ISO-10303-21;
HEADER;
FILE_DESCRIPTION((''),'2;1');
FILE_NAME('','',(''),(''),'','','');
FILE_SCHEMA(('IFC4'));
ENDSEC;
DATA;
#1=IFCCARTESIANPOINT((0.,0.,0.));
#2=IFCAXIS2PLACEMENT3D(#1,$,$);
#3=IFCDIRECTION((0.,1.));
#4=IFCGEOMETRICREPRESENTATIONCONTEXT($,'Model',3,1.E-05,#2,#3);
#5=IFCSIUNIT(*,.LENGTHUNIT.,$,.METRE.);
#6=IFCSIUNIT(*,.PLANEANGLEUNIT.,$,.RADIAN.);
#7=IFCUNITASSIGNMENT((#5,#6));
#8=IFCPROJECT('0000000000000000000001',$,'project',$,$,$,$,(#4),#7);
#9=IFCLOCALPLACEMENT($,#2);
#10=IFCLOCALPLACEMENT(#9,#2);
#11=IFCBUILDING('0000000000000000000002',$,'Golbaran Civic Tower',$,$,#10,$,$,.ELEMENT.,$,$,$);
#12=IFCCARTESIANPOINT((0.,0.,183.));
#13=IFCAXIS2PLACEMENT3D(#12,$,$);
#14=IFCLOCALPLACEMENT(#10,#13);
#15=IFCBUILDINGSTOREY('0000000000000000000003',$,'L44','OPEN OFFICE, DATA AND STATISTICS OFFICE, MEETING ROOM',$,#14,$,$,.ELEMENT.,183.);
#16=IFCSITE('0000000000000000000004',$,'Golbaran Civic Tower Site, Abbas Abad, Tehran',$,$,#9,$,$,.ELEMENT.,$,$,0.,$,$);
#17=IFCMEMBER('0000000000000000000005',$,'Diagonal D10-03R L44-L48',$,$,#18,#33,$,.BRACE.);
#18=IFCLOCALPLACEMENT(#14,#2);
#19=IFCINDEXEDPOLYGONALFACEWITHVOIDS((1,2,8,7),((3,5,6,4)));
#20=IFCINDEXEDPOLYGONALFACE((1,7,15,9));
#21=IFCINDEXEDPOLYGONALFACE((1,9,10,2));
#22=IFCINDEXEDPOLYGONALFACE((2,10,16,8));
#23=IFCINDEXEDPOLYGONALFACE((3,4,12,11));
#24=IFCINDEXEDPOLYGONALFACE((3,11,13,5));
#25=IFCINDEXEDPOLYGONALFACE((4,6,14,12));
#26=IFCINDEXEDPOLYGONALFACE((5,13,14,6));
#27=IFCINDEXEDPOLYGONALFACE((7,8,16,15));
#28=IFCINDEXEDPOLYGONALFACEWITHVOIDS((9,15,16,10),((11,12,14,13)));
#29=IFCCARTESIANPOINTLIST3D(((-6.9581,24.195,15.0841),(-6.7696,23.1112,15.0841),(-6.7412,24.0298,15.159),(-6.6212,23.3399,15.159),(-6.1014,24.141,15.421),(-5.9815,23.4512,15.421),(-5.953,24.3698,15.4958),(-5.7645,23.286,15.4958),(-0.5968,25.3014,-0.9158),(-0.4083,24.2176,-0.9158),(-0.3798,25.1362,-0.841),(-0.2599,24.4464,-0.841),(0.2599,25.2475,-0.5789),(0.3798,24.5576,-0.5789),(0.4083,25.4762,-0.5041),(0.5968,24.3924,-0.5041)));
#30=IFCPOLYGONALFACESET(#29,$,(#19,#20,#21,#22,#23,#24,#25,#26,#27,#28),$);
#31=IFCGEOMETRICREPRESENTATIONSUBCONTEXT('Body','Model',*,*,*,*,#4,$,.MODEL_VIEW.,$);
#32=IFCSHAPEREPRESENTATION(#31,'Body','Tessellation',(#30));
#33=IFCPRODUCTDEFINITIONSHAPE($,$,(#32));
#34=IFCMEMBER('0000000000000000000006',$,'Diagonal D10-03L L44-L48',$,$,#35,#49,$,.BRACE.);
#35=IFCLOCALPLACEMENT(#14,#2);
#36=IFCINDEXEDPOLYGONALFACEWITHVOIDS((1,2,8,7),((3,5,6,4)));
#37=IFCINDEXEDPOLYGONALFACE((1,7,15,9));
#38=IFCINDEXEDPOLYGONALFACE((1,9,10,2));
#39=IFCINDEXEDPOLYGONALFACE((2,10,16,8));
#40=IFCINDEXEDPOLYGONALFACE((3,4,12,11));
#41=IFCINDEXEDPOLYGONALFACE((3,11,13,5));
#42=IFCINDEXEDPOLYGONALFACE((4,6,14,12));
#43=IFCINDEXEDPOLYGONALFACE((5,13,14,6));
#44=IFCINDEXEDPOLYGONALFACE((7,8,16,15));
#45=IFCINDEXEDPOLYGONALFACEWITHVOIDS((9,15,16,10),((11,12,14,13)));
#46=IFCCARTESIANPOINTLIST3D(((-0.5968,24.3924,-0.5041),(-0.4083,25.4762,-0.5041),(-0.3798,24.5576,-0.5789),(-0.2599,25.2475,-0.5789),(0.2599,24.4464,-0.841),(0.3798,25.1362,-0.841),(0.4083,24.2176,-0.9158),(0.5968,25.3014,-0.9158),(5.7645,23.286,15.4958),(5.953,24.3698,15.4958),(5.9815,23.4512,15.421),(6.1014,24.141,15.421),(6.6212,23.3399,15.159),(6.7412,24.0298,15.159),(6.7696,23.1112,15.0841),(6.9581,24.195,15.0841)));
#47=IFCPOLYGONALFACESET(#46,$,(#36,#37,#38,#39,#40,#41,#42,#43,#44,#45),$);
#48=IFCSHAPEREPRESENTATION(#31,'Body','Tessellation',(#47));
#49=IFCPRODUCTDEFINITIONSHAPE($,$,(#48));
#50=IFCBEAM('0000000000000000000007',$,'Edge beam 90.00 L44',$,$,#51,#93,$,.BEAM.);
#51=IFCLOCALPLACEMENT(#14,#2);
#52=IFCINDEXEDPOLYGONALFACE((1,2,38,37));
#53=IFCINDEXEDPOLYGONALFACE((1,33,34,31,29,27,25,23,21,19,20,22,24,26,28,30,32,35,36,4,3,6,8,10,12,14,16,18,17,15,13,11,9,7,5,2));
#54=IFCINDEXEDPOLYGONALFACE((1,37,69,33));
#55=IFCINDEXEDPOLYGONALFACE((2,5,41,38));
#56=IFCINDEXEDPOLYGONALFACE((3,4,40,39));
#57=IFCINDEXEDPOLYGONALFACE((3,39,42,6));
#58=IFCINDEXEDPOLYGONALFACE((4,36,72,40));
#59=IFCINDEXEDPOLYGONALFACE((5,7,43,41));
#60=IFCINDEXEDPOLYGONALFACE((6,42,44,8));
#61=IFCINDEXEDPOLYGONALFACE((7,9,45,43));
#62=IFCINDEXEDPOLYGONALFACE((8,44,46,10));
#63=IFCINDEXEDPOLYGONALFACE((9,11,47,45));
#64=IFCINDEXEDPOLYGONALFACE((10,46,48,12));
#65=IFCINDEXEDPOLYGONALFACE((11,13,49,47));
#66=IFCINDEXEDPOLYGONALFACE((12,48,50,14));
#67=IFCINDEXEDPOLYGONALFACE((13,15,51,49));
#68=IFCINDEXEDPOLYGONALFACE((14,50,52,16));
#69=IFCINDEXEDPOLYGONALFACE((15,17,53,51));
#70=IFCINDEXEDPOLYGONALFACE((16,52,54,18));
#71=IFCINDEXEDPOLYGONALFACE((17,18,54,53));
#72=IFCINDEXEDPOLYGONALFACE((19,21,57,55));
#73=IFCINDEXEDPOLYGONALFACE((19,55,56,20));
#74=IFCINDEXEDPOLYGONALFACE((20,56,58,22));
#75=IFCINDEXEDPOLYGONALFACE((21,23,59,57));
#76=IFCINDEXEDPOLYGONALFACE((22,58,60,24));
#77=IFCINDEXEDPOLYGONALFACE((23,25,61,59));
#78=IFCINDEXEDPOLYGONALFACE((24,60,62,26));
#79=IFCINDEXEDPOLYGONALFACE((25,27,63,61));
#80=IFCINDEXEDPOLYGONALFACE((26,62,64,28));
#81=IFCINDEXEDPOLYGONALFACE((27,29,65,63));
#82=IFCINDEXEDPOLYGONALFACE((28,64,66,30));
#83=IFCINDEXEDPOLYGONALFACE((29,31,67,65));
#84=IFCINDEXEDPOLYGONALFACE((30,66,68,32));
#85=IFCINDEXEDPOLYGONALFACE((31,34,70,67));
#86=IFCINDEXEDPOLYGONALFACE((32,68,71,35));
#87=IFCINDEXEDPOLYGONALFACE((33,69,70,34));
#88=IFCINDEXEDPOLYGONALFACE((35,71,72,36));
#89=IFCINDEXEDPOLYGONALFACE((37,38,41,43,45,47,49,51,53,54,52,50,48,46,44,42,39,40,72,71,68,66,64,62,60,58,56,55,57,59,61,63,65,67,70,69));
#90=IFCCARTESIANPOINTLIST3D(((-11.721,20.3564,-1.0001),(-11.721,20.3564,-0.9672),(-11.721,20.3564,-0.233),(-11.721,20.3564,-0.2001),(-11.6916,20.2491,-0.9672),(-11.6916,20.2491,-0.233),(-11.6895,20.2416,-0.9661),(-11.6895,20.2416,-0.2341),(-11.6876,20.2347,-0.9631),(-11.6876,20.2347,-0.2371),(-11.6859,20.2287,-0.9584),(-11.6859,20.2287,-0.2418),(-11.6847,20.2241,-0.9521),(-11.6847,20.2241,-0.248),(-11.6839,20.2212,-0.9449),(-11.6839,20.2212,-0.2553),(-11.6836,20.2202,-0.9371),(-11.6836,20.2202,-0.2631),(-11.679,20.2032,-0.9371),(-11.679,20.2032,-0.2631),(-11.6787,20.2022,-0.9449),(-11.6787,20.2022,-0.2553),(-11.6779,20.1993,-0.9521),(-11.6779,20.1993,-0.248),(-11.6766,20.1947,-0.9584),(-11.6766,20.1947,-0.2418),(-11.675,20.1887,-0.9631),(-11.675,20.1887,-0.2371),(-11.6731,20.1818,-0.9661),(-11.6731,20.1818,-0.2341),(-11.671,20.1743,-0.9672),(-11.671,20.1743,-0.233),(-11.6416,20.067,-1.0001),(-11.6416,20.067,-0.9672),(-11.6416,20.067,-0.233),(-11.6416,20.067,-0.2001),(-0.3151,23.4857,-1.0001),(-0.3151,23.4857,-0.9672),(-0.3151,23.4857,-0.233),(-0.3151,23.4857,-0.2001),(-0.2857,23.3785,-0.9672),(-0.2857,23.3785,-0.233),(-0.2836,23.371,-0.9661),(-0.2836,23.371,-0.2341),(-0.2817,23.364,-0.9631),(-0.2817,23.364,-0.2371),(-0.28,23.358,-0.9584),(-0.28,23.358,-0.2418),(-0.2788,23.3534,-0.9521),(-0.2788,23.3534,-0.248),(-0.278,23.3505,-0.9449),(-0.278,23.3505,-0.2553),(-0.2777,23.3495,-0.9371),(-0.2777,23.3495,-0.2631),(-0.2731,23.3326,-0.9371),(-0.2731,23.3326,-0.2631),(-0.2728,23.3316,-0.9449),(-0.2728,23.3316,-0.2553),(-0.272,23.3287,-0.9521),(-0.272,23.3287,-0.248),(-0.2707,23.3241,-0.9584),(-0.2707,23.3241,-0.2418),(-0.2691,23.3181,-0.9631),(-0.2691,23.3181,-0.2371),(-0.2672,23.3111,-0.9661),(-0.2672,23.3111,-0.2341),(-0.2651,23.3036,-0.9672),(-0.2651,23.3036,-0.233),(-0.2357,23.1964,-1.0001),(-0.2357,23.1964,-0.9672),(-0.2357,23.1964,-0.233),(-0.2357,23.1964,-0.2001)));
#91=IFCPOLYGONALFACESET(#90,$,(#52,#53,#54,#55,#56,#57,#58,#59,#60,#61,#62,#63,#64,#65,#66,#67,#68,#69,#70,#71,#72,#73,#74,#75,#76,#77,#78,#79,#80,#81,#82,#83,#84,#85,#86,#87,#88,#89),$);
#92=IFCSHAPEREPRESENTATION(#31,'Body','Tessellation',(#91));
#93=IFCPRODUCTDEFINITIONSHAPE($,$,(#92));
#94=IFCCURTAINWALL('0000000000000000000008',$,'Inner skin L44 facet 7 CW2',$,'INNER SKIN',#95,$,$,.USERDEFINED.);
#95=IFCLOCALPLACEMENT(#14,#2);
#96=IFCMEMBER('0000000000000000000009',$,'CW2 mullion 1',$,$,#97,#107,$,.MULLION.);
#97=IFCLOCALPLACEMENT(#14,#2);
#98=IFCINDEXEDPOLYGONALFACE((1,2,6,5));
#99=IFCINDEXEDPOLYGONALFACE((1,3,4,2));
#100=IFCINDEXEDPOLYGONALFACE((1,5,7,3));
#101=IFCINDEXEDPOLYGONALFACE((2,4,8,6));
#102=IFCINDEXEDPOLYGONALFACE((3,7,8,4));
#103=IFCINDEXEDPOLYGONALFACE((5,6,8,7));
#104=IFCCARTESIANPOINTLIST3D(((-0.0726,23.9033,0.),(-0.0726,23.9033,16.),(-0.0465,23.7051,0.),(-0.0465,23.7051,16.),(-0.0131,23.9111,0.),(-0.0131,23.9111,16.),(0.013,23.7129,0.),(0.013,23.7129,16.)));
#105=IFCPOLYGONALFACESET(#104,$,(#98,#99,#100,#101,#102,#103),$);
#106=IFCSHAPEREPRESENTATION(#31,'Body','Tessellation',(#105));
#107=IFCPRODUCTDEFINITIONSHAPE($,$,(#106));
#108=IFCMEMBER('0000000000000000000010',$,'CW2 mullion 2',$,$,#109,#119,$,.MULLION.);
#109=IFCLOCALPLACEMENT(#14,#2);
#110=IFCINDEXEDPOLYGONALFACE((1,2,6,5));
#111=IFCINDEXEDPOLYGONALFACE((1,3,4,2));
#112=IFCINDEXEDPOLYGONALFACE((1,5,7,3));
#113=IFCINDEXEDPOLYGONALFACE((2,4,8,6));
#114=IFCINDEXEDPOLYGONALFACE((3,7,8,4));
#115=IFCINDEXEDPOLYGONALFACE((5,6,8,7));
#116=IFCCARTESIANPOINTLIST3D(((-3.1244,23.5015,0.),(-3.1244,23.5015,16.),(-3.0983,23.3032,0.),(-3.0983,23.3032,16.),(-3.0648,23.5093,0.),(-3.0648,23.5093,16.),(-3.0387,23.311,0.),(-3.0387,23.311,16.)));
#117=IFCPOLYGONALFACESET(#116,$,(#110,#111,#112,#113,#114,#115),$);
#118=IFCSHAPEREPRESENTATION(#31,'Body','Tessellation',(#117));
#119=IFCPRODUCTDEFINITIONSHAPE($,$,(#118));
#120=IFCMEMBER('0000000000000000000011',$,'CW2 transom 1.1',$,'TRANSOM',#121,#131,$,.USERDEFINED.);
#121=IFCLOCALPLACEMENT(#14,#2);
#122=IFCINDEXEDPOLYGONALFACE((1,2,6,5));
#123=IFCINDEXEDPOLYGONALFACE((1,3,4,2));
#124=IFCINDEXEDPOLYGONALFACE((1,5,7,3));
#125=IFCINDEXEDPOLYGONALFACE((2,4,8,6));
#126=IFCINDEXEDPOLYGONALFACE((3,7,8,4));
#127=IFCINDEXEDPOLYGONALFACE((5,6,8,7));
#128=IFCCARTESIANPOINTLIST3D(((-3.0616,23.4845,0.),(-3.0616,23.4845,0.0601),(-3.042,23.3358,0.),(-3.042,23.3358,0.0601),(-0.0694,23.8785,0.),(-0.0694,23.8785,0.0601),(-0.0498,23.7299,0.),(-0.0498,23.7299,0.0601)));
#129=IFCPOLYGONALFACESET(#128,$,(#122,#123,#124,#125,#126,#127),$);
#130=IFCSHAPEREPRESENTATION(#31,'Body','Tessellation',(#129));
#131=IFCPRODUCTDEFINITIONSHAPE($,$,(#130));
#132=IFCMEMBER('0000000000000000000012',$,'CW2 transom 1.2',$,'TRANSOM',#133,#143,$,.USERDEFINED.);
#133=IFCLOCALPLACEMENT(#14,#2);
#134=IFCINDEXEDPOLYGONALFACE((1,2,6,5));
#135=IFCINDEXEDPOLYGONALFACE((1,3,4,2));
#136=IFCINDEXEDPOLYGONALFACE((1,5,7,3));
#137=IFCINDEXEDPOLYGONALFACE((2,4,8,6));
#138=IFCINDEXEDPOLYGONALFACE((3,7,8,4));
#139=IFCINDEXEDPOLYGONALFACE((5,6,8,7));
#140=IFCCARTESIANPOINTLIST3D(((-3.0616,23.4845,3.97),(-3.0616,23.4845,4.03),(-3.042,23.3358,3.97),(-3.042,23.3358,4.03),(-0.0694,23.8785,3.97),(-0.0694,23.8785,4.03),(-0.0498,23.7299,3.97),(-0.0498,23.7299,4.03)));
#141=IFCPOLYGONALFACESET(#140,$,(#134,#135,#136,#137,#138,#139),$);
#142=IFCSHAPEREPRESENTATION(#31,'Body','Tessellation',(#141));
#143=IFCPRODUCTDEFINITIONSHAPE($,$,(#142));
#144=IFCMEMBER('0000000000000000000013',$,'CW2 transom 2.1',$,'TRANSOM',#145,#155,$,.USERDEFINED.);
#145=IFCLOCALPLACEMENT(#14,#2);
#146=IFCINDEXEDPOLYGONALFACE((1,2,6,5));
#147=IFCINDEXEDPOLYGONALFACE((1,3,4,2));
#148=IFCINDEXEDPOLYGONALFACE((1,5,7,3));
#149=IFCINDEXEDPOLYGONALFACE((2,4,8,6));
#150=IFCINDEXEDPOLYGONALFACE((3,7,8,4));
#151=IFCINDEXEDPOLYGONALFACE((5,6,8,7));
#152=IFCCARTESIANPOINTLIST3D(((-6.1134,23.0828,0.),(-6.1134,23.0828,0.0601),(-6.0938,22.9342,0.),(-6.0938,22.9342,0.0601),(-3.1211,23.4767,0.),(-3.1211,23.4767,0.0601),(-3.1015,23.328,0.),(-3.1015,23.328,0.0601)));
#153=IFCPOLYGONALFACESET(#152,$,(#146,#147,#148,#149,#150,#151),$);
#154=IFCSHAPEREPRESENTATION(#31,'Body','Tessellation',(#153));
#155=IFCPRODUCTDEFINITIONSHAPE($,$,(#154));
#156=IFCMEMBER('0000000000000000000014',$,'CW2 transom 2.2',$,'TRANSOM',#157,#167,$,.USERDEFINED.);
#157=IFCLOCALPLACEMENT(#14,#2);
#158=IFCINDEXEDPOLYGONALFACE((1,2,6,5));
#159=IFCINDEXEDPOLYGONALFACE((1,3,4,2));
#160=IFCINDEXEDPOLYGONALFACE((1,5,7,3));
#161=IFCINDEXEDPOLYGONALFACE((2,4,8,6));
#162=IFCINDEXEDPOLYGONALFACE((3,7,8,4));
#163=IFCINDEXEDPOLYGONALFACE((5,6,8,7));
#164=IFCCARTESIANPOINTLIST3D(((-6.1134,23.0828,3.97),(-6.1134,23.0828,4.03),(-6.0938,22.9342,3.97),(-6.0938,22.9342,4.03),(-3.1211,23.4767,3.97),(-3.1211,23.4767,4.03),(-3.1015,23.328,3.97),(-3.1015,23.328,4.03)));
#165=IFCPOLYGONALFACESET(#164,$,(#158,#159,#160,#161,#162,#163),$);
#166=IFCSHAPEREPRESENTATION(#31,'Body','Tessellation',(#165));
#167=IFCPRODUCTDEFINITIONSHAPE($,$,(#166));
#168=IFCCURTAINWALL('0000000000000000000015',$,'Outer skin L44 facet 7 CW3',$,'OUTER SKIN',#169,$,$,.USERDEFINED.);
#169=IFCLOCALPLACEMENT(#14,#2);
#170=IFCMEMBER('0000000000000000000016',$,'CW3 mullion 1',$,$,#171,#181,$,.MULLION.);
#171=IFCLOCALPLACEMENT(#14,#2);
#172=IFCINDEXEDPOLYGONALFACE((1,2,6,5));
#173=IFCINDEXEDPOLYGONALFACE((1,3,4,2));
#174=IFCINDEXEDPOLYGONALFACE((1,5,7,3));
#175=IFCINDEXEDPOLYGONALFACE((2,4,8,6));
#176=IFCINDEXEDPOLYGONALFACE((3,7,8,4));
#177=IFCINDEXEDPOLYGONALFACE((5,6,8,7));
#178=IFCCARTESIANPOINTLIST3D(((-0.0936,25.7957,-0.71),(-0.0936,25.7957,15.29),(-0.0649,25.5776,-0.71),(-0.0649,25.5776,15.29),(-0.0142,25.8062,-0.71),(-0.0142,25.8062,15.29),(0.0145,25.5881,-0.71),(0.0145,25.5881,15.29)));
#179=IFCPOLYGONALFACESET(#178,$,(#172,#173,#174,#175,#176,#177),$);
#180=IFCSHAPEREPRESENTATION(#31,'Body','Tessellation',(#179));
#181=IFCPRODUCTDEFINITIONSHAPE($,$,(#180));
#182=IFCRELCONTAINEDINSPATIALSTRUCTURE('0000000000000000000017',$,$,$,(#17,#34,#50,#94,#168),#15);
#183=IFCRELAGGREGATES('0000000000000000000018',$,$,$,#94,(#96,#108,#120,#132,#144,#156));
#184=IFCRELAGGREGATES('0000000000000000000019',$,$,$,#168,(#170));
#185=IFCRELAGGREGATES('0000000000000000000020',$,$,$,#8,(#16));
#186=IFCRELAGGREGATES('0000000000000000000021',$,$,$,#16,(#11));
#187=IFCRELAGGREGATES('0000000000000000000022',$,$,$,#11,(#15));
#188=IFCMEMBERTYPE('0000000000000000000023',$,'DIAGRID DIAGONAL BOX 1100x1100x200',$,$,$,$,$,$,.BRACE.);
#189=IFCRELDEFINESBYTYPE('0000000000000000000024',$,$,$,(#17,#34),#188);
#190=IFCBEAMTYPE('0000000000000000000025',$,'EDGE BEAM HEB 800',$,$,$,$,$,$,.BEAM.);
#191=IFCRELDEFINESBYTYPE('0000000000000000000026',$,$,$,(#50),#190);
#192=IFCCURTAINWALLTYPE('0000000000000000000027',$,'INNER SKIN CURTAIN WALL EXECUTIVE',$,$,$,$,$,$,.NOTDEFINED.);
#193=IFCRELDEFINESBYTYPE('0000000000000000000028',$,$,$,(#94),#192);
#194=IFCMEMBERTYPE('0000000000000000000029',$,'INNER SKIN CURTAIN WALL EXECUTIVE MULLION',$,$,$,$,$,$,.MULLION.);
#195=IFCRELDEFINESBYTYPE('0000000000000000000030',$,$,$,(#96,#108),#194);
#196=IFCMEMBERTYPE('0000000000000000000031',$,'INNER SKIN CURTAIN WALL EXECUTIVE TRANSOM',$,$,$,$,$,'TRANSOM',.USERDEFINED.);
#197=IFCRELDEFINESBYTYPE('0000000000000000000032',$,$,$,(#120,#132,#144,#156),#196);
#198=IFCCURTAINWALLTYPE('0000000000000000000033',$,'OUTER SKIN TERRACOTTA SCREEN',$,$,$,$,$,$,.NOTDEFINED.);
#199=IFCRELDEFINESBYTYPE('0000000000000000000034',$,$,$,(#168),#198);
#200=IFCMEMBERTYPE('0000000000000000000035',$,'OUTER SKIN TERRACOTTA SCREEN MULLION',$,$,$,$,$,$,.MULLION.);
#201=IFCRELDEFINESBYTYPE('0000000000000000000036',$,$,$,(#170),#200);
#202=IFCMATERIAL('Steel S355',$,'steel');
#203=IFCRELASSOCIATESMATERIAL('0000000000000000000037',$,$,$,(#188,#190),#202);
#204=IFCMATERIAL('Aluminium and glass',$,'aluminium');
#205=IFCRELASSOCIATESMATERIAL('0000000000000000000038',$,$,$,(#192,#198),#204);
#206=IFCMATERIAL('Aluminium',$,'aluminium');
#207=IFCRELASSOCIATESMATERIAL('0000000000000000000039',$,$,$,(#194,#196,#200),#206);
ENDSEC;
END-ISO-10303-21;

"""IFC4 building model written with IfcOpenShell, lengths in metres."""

from ifc_helpers import new_model, si_unit, direction, frame, origin, origin_2d, place, context, subcontext, project, spatial, rectangle, hollow_rectangle, i_section, extrude, material, material_profile, profile_set, type_object, element, aggregate, save


model = new_model("IFC4")

# Units and contexts
model_context = context("Model", 3, precision=1e-05, world=origin(), true_north=direction((0.0, 1.0)))
body_context = subcontext(model_context, "Body", "Model", "MODEL_VIEW")
ifc_project = project(units=[si_unit("LENGTHUNIT", "METRE"), si_unit("PLANEANGLEUNIT", "RADIAN")], contexts=[model_context])

# Site, building, storey
site_placement = place(None, origin())
site = spatial("IfcSite", under=ifc_project, at=site_placement, Name="Golbaran Civic Tower Site, Abbas Abad, Tehran", CompositionType="ELEMENT", RefElevation=0.0)
building_placement = place(site_placement, origin())
building = spatial("IfcBuilding", under=site, at=building_placement, Name="Golbaran Civic Tower", CompositionType="ELEMENT")
storey_placement = place(building_placement, frame((0.0, 0.0, 183.0)))
storey = spatial("IfcBuildingStorey", under=building, at=storey_placement, Name="L44", Description="OPEN OFFICE, DATA AND STATISTICS OFFICE, MEETING ROOM", CompositionType="ELEMENT", Elevation=183.0)

# Members
ifc_material_1 = material(Name="Steel S355", Category="steel")
ifc_material_profile_1 = material_profile(ifc_material_1, hollow_rectangle(XDim=1.1001, YDim=1.1001, WallThickness=0.2, at=origin_2d()), Name="BOX 1100x1100x200")
ifc_profile_set_1 = profile_set([ifc_material_profile_1], Name="Steel S355")
member_type_1 = type_object("IfcMemberType", Name="DIAGRID DIAGONAL BOX 1100x1100x200", PredefinedType="BRACE", material=ifc_profile_set_1)
for number, where, z_axis, x_axis, name in (
    (1, (0.0, 24.8469, -0.71), (-0.368693, -0.064128, 0.927336), (0.17136, -0.985208, 0.0), "Diagonal D10-03R L44-L48"),
    (2, (0.0, 24.8469, -0.71), (0.368693, -0.064128, 0.927336), (0.17136, 0.985208, 0.0), "Diagonal D10-03L L44-L48"),
):
    element("IfcMember", number, at=place(storey_placement, frame(where, z_axis=z_axis, x_axis=x_axis)), inside=storey, type_object=member_type_1, Name=name, PredefinedType="BRACE", context=body_context, shape_type="SweptSolid", body=[
        extrude(hollow_rectangle(XDim=1.1001, YDim=1.1001, WallThickness=0.2, at=origin_2d()), origin(), (0.0, 0.0, 1.0), 17.2537),
    ])

# Beam
ifc_material_profile_2 = material_profile(ifc_material_1, i_section(OverallWidth=0.3, OverallDepth=0.8, WebThickness=0.0176, FlangeThickness=0.033, FilletRadius=0.03, at=origin_2d()), Name="HEB 800")
ifc_profile_set_2 = profile_set([ifc_material_profile_2], Name="Steel S355")
beam_type = type_object("IfcBeamType", Name="EDGE BEAM HEB 800", PredefinedType="BEAM", material=ifc_profile_set_2)
beam_placement = place(storey_placement, frame((-0.2754, 23.3411, -0.6001), z_axis=(-0.964362, -0.264586, 0.0), x_axis=(0.264586, -0.964362, 0.0)))
element("IfcBeam", 3, at=beam_placement, inside=storey, type_object=beam_type, Name="Edge beam 90.00 L44", PredefinedType="BEAM", context=body_context, shape_type="SweptSolid", body=[
    extrude(i_section(OverallWidth=0.3, OverallDepth=0.8, WebThickness=0.0176, FlangeThickness=0.033, FilletRadius=0.03, at=origin_2d()), origin(), (0.0, 0.0, 1.0), 11.8274),
])

# Curtain walls, members
ifc_material_2 = material(Name="Aluminium and glass", Category="aluminium")
curtain_wall_type_1 = type_object("IfcCurtainWallType", Name="INNER SKIN CURTAIN WALL EXECUTIVE", PredefinedType="NOTDEFINED", material=ifc_material_2)
curtain_wall_1_placement = place(storey_placement, origin())
curtain_wall_1 = element("IfcCurtainWall", 4, at=curtain_wall_1_placement, inside=storey, type_object=curtain_wall_type_1, Name="Inner skin L44 facet 7 CW2", ObjectType="INNER SKIN", PredefinedType="USERDEFINED")
ifc_material_3 = material(Name="Aluminium", Category="aluminium")
ifc_material_profile_3 = material_profile(ifc_material_3, rectangle(XDim=0.2, YDim=0.0601, at=origin_2d()), Name="INNER SKIN CURTAIN WALL EXECUTIVE MULLION")
ifc_profile_set_3 = profile_set([ifc_material_profile_3], Name="Aluminium")
member_type_2 = type_object("IfcMemberType", Name="INNER SKIN CURTAIN WALL EXECUTIVE MULLION", PredefinedType="MULLION", material=ifc_profile_set_3)
member_1_placement = place(storey_placement, frame((-0.0298, 23.8081, 0.0), z_axis=(0.0, 0.0, 1.0), x_axis=(0.130526, -0.991445, 0.0)))
member_1 = element("IfcMember", 5, at=member_1_placement, type_object=member_type_2, Name="CW2 mullion 1", PredefinedType="MULLION", context=body_context, shape_type="SweptSolid", body=[
    extrude(rectangle(XDim=0.2, YDim=0.0601, at=origin_2d()), origin(), (0.0, 0.0, 1.0), 16.0),
])
member_2_placement = place(storey_placement, frame((-3.0815, 23.4062, 0.0), z_axis=(0.0, 0.0, 1.0), x_axis=(0.130526, -0.991445, 0.0)))
member_2 = element("IfcMember", 6, at=member_2_placement, type_object=member_type_2, Name="CW2 mullion 2", PredefinedType="MULLION", context=body_context, shape_type="SweptSolid", body=[
    extrude(rectangle(XDim=0.2, YDim=0.0601, at=origin_2d()), origin(), (0.0, 0.0, 1.0), 16.0),
])
ifc_material_profile_4 = material_profile(ifc_material_3, rectangle(XDim=0.1499, YDim=0.0601, at=origin_2d()), Name="INNER SKIN CURTAIN WALL EXECUTIVE TRANSOM")
ifc_profile_set_4 = profile_set([ifc_material_profile_4], Name="Aluminium")
member_type_3 = type_object("IfcMemberType", Name="INNER SKIN CURTAIN WALL EXECUTIVE TRANSOM", ElementType="TRANSOM", PredefinedType="USERDEFINED", material=ifc_profile_set_4)
member_3_placement = place(storey_placement, frame((-0.0596, 23.8042, 0.03), z_axis=(-0.99144, -0.130563, 0.0), x_axis=(0.130563, -0.99144, 0.0)))
member_3 = element("IfcMember", 7, at=member_3_placement, type_object=member_type_3, Name="CW2 transom 1.1", ObjectType="TRANSOM", PredefinedType="USERDEFINED", context=body_context, shape_type="SweptSolid", body=[
    extrude(rectangle(XDim=0.1499, YDim=0.0601, at=origin_2d()), origin(), (0.0, 0.0, 1.0), 3.0181),
])
member_4_placement = place(storey_placement, frame((-0.0596, 23.8042, 4.0), z_axis=(-0.99144, -0.130563, 0.0), x_axis=(0.130563, -0.99144, 0.0)))
member_4 = element("IfcMember", 8, at=member_4_placement, type_object=member_type_3, Name="CW2 transom 1.2", ObjectType="TRANSOM", PredefinedType="USERDEFINED", context=body_context, shape_type="SweptSolid", body=[
    extrude(rectangle(XDim=0.1499, YDim=0.0601, at=origin_2d()), origin(), (0.0, 0.0, 1.0), 3.0181),
])
member_5_placement = place(storey_placement, frame((-3.1113, 23.4023, 0.03), z_axis=(-0.99145, -0.130484, 0.0), x_axis=(0.130484, -0.99145, 0.0)))
member_5 = element("IfcMember", 9, at=member_5_placement, type_object=member_type_3, Name="CW2 transom 2.1", ObjectType="TRANSOM", PredefinedType="USERDEFINED", context=body_context, shape_type="SweptSolid", body=[
    extrude(rectangle(XDim=0.1499, YDim=0.0601, at=origin_2d()), origin(), (0.0, 0.0, 1.0), 3.0181),
])
member_6_placement = place(storey_placement, frame((-3.1113, 23.4023, 4.0), z_axis=(-0.99145, -0.130484, 0.0), x_axis=(0.130484, -0.99145, 0.0)))
member_6 = element("IfcMember", 10, at=member_6_placement, type_object=member_type_3, Name="CW2 transom 2.2", ObjectType="TRANSOM", PredefinedType="USERDEFINED", context=body_context, shape_type="SweptSolid", body=[
    extrude(rectangle(XDim=0.1499, YDim=0.0601, at=origin_2d()), origin(), (0.0, 0.0, 1.0), 3.0181),
])
curtain_wall_type_2 = type_object("IfcCurtainWallType", Name="OUTER SKIN TERRACOTTA SCREEN", PredefinedType="NOTDEFINED", material=ifc_material_2)
curtain_wall_2_placement = place(storey_placement, origin())
curtain_wall_2 = element("IfcCurtainWall", 11, at=curtain_wall_2_placement, inside=storey, type_object=curtain_wall_type_2, Name="Outer skin L44 facet 7 CW3", ObjectType="OUTER SKIN", PredefinedType="USERDEFINED")
ifc_material_profile_5 = material_profile(ifc_material_3, rectangle(XDim=0.22, YDim=0.0801, at=origin_2d()), Name="OUTER SKIN TERRACOTTA SCREEN MULLION")
ifc_profile_set_5 = profile_set([ifc_material_profile_5], Name="Aluminium")
member_type_4 = type_object("IfcMemberType", Name="OUTER SKIN TERRACOTTA SCREEN MULLION", PredefinedType="MULLION", material=ifc_profile_set_5)
member_7_placement = place(storey_placement, frame((-0.0396, 25.6919, -0.71), z_axis=(0.0, 0.0, 1.0), x_axis=(0.130526, -0.991445, 0.0)))
member_7 = element("IfcMember", 12, at=member_7_placement, type_object=member_type_4, Name="CW3 mullion 1", PredefinedType="MULLION", context=body_context, shape_type="SweptSolid", body=[
    extrude(rectangle(XDim=0.22, YDim=0.0801, at=origin_2d()), origin(), (0.0, 0.0, 1.0), 16.0),
])

aggregate(curtain_wall_1, [member_1, member_2, member_3, member_4, member_5, member_6])
aggregate(curtain_wall_2, [member_7])

save(model, "model.ifc")
